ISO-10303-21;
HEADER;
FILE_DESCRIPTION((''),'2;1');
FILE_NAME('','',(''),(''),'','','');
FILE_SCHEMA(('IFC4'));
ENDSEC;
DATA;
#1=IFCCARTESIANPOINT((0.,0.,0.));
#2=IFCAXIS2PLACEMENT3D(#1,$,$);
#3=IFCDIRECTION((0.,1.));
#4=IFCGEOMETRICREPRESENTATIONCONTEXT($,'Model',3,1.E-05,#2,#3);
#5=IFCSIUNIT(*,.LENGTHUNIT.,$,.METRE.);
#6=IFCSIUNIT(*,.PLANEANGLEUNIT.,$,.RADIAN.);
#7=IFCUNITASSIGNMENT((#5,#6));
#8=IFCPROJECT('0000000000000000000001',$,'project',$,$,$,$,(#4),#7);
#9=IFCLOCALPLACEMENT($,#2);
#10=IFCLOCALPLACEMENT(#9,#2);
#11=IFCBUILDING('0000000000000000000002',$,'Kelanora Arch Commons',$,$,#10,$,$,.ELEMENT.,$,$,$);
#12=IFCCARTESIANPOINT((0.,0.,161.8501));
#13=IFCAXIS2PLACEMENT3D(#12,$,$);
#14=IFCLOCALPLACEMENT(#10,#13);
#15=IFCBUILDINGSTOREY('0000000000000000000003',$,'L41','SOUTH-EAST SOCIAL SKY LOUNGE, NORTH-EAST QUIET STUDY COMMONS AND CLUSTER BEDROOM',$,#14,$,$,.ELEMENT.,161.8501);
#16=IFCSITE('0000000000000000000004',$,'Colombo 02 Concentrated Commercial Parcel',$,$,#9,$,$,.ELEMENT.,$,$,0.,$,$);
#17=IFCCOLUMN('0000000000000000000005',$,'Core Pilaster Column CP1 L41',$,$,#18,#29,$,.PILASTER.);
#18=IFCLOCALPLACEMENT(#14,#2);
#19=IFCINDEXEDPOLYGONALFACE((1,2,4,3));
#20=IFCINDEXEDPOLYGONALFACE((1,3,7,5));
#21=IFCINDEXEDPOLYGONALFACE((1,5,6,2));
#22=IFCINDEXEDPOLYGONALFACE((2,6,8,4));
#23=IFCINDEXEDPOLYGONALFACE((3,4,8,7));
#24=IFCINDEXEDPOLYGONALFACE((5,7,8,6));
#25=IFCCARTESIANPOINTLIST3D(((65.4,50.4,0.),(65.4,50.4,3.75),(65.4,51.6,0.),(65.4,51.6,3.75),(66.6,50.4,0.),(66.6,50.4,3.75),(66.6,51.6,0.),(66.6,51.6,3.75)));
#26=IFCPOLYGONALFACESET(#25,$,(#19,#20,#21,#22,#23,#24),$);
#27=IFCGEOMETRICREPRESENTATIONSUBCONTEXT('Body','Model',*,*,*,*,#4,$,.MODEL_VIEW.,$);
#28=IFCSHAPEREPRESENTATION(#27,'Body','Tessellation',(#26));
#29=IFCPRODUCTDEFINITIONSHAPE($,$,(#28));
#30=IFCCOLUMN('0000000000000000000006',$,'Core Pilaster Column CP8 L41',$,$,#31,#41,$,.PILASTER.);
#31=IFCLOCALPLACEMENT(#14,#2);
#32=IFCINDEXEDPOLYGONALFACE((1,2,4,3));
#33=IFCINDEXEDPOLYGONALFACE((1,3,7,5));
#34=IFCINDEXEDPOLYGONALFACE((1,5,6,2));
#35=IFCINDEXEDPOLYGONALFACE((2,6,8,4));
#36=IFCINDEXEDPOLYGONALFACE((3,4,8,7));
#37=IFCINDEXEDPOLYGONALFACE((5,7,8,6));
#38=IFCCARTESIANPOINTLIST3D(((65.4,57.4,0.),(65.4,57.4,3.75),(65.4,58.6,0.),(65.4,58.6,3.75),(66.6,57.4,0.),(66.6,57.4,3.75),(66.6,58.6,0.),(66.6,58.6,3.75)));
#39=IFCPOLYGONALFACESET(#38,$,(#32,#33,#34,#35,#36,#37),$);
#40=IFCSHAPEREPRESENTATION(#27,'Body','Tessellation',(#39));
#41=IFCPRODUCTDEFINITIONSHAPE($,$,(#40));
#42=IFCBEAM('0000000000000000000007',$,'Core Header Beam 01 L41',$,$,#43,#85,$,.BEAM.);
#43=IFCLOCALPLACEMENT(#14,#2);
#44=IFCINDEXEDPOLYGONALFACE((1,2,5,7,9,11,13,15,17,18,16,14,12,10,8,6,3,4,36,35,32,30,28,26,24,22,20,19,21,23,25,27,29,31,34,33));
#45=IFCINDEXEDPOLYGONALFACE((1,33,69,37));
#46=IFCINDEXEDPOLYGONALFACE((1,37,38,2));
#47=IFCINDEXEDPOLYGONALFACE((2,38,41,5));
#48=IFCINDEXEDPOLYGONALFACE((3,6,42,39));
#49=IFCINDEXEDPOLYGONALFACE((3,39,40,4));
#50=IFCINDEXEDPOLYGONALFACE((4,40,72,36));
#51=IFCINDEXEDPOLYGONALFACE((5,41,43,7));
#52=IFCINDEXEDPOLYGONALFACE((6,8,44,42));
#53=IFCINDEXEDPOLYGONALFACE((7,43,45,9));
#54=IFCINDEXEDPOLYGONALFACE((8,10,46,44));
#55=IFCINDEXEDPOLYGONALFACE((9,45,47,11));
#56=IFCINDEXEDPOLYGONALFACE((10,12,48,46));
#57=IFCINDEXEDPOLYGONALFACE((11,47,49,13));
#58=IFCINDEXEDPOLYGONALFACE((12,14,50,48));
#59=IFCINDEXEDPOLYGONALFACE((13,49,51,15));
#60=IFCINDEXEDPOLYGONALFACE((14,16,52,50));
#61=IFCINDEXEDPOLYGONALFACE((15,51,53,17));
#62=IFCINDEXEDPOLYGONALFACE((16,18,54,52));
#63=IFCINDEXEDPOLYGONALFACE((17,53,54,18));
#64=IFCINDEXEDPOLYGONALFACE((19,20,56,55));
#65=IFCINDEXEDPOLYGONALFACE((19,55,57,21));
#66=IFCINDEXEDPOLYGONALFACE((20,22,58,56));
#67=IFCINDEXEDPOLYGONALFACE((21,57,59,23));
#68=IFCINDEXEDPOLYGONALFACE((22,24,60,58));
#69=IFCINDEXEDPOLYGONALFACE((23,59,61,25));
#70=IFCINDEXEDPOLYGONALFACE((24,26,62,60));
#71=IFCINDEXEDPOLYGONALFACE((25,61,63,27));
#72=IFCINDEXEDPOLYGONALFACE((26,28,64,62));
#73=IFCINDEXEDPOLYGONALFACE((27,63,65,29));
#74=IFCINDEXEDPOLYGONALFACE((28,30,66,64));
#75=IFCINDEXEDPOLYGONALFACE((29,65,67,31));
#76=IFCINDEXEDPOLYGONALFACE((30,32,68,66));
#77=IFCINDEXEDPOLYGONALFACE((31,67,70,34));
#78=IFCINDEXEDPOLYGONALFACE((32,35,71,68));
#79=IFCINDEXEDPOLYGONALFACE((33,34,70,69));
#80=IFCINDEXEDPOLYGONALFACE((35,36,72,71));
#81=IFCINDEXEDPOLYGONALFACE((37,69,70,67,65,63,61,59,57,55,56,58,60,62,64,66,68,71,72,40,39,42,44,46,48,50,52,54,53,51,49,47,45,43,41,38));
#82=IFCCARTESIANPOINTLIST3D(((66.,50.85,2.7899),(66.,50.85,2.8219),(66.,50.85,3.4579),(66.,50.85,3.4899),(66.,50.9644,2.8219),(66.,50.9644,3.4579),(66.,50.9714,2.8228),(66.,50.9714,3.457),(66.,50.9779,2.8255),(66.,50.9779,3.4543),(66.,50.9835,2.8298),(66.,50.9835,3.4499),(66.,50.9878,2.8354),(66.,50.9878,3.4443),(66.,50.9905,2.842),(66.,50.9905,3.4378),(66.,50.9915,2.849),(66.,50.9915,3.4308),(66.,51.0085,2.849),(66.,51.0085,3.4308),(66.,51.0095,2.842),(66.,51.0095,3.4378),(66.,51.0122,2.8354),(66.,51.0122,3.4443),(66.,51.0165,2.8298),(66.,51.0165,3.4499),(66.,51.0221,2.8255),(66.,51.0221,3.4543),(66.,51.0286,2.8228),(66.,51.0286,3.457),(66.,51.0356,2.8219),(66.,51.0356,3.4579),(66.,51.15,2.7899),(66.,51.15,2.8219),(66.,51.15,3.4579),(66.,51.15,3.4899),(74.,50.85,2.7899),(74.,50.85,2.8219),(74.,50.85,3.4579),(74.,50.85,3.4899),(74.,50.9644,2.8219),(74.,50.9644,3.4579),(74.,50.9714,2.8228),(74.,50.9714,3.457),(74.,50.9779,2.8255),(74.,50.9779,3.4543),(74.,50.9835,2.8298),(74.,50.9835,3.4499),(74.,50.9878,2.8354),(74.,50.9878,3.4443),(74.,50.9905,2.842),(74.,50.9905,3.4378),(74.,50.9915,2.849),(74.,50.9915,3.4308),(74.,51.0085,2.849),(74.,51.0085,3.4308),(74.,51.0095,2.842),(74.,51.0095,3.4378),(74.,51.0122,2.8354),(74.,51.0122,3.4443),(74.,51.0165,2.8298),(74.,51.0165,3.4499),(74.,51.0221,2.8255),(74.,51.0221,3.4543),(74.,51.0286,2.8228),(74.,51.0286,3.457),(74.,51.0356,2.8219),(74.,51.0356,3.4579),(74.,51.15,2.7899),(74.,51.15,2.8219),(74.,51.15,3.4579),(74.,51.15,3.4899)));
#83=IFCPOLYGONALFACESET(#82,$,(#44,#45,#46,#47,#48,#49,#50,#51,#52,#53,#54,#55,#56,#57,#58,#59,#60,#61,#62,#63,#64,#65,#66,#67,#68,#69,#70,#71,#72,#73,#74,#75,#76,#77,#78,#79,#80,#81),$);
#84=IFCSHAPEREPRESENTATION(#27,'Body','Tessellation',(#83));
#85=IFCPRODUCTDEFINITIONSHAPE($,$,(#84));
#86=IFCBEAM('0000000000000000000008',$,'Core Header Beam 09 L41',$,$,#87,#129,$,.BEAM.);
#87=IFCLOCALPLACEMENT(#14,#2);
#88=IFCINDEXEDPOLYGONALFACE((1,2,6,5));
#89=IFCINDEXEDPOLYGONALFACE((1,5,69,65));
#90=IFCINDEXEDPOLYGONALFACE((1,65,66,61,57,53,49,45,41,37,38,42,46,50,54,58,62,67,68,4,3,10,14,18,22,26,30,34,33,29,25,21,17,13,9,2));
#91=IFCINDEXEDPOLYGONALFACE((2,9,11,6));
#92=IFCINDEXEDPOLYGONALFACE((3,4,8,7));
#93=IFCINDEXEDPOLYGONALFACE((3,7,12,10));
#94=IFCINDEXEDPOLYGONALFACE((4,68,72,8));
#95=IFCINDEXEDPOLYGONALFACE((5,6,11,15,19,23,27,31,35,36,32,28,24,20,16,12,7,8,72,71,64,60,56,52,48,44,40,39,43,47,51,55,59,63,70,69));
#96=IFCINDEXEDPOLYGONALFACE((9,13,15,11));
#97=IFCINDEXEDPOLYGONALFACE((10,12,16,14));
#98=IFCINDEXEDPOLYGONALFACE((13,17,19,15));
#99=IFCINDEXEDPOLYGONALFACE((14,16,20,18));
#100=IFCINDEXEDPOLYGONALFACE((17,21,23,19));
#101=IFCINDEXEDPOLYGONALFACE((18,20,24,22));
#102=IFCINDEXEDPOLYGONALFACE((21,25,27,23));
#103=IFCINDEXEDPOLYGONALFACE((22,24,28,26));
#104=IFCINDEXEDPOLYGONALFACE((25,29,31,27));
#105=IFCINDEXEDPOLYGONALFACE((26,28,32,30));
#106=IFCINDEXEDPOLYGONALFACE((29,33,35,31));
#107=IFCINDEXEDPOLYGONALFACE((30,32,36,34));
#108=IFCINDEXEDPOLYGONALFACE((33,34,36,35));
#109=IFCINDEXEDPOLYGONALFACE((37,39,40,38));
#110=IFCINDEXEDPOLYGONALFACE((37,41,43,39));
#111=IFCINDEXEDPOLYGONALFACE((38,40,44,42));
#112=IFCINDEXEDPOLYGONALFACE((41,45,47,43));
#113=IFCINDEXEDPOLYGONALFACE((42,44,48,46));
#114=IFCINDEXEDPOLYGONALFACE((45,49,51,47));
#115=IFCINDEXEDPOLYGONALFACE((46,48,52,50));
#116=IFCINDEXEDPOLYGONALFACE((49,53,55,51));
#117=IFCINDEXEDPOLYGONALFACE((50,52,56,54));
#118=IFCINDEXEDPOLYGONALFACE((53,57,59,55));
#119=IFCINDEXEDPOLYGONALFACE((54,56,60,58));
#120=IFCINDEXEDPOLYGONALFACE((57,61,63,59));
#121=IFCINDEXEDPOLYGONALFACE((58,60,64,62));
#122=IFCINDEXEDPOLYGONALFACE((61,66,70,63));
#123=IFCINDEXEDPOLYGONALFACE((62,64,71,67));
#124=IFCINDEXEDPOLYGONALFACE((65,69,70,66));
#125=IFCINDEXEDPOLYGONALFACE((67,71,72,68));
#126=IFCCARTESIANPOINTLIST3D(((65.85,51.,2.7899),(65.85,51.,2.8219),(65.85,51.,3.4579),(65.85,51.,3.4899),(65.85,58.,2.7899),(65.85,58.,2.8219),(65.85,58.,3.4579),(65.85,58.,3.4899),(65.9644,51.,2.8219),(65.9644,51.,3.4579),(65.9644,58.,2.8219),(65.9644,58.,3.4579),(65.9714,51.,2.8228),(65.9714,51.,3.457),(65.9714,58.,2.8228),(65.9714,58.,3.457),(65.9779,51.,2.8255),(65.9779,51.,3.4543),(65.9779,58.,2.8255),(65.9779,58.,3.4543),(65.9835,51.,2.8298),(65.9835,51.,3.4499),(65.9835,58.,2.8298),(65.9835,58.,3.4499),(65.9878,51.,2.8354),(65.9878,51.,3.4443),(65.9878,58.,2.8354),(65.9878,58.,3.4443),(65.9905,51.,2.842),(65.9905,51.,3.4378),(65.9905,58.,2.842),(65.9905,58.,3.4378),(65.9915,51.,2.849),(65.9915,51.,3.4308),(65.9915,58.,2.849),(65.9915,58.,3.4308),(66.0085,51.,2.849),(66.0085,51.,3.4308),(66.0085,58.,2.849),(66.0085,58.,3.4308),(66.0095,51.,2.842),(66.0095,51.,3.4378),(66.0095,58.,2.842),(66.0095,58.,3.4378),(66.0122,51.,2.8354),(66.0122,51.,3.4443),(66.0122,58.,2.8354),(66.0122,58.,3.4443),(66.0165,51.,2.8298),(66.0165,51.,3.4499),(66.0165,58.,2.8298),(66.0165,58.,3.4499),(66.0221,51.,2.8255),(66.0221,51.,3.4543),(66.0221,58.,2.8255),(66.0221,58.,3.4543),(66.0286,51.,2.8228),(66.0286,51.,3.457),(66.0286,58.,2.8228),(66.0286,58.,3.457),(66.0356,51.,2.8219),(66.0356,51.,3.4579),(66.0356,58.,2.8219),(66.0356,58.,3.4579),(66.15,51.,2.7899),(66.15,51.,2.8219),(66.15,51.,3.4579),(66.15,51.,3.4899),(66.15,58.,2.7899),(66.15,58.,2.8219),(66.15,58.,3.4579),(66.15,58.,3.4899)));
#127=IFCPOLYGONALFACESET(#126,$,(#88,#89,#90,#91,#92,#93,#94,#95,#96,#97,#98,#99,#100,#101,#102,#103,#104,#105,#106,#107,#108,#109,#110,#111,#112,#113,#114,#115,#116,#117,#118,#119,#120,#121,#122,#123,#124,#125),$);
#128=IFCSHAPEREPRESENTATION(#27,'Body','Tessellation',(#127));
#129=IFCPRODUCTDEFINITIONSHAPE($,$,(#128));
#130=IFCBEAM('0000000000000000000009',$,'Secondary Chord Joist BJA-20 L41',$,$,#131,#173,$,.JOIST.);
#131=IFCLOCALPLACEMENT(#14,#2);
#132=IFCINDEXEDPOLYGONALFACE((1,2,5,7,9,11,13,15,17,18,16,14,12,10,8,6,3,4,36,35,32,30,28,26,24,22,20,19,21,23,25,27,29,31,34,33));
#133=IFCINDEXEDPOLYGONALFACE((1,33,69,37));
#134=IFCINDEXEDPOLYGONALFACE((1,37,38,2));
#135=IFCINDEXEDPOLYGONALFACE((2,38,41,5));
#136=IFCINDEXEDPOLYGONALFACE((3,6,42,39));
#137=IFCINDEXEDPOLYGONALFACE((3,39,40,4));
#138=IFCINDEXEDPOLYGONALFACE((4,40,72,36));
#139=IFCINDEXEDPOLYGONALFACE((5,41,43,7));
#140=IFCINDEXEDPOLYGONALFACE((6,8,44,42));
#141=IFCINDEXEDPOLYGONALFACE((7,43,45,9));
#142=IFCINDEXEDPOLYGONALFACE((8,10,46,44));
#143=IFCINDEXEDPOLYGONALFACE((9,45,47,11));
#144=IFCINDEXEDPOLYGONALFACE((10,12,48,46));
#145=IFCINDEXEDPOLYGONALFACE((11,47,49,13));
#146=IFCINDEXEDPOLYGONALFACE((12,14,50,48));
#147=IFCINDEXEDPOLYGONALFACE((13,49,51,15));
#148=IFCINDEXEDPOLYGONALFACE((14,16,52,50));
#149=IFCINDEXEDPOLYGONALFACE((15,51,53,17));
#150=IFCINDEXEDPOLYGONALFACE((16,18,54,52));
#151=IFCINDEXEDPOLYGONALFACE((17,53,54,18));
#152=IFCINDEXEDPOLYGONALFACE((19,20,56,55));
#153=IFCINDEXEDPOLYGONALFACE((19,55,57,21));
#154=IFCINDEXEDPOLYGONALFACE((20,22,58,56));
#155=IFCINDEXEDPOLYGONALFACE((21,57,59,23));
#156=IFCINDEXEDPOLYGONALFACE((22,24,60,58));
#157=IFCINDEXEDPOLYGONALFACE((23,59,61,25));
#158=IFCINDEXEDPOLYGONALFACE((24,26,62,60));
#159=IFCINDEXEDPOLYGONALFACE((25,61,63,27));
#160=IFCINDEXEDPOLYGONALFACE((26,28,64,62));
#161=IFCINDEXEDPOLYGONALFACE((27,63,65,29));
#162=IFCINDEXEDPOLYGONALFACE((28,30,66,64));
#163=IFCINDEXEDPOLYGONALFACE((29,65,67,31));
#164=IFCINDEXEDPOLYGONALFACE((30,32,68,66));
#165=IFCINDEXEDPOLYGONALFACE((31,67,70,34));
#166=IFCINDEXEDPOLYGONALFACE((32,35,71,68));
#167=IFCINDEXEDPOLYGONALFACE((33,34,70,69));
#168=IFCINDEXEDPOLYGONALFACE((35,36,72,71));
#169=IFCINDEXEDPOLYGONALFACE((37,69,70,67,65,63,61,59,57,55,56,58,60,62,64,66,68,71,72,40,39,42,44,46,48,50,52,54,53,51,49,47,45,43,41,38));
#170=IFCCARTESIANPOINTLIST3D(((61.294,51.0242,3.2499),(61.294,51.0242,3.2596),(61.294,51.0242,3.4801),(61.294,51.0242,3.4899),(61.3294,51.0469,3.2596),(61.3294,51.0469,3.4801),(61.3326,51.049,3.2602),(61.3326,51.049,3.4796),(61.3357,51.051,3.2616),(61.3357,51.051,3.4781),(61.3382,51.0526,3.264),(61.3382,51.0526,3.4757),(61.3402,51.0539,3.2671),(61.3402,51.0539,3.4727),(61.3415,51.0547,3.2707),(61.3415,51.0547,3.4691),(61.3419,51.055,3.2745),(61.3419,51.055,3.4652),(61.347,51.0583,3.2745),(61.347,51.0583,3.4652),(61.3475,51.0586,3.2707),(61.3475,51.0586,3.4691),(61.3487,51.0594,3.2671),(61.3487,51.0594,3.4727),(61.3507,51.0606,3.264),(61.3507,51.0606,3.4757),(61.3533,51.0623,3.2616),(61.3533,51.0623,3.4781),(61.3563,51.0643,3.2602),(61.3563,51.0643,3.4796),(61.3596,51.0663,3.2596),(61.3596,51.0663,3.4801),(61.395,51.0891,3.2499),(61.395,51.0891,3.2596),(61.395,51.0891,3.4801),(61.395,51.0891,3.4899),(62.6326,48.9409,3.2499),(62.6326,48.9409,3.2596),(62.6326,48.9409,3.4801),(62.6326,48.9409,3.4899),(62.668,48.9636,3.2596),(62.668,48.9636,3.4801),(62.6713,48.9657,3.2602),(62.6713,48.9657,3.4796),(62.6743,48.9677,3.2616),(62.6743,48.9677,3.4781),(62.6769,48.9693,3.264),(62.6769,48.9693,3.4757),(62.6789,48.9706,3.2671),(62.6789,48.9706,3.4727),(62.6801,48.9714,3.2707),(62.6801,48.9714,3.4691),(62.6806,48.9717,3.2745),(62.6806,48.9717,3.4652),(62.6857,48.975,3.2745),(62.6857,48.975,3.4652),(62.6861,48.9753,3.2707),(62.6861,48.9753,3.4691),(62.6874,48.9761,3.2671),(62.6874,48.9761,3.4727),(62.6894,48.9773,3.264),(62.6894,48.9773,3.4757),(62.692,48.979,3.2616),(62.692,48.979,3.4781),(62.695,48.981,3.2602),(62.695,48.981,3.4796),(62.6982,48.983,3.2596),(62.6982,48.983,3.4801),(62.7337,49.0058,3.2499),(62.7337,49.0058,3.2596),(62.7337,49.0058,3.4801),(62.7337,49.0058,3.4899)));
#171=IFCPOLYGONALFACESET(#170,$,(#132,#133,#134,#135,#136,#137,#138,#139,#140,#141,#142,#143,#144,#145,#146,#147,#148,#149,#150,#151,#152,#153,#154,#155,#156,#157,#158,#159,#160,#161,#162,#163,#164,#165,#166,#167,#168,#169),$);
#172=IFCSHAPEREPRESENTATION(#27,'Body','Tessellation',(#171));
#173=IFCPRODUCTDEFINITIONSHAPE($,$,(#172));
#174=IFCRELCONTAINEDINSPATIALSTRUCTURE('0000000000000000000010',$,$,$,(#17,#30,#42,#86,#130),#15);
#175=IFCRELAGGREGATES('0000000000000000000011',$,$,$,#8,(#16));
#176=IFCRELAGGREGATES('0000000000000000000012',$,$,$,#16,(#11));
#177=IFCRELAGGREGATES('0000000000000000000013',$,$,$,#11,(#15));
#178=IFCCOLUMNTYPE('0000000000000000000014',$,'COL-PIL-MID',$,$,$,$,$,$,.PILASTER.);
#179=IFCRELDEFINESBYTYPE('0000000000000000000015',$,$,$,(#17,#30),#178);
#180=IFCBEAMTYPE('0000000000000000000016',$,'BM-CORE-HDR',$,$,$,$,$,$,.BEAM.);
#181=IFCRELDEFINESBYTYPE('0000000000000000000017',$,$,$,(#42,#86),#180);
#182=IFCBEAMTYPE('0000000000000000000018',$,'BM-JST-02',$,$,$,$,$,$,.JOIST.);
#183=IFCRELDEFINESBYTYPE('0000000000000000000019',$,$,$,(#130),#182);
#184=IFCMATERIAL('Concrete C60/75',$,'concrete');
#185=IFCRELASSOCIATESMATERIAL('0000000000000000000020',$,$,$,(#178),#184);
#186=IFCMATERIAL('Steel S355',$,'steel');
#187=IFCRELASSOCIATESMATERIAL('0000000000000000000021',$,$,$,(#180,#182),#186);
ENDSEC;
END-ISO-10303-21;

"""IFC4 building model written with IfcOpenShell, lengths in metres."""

from ifc_helpers import new_model, si_unit, direction, frame, origin, origin_2d, place, context, subcontext, project, spatial, rectangle, i_section, extrude, material, material_profile, profile_set, type_object, element, save


model = new_model("IFC4")

# Units and contexts
model_context = context("Model", 3, precision=1e-05, world=origin(), true_north=direction((0.0, 1.0)))
body_context = subcontext(model_context, "Body", "Model", "MODEL_VIEW")
ifc_project = project(units=[si_unit("LENGTHUNIT", "METRE"), si_unit("PLANEANGLEUNIT", "RADIAN")], contexts=[model_context])

# Site, building, storey
site_placement = place(None, origin())
site = spatial("IfcSite", under=ifc_project, at=site_placement, Name="Colombo 02 Concentrated Commercial Parcel", CompositionType="ELEMENT", RefElevation=0.0)
building_placement = place(site_placement, origin())
building = spatial("IfcBuilding", under=site, at=building_placement, Name="Kelanora Arch Commons", CompositionType="ELEMENT")
storey_placement = place(building_placement, frame((0.0, 0.0, 161.8501)))
storey = spatial("IfcBuildingStorey", under=building, at=storey_placement, Name="L41", Description="SOUTH-EAST SOCIAL SKY LOUNGE, NORTH-EAST QUIET STUDY COMMONS AND CLUSTER BEDROOM", CompositionType="ELEMENT", Elevation=161.8501)

# Columns
ifc_material_1 = material(Name="Concrete C60/75", Category="concrete")
ifc_material_profile_1 = material_profile(ifc_material_1, rectangle(XDim=1.2, YDim=1.2, at=origin_2d()), Name="RC1200x1200")
ifc_profile_set_1 = profile_set([ifc_material_profile_1], Name="Concrete C60/75")
column_type = type_object("IfcColumnType", Name="COL-PIL-MID", PredefinedType="PILASTER", material=ifc_profile_set_1)
for number, where, z_axis, x_axis, name in (
    (1, (66.0, 51.0, 0.0), (0.0, 0.0, 1.0), (1.0, 0.0, 0.0), "Core Pilaster Column CP1 L41"),
    (2, (66.0, 58.0, 0.0), (0.0, 0.0, 1.0), (1.0, 0.0, 0.0), "Core Pilaster Column CP8 L41"),
):
    element("IfcColumn", number, at=place(storey_placement, frame(where, z_axis=z_axis, x_axis=x_axis)), inside=storey, type_object=column_type, Name=name, PredefinedType="PILASTER", context=body_context, shape_type="SweptSolid", body=[
        extrude(rectangle(XDim=1.2, YDim=1.2, at=origin_2d()), origin(), (0.0, 0.0, 1.0), 3.75),
    ])

# Beams
ifc_material_2 = material(Name="Steel S355", Category="steel")
ifc_material_profile_2 = material_profile(ifc_material_2, i_section(OverallWidth=0.3, OverallDepth=0.7, WebThickness=0.0171, FlangeThickness=0.032, FilletRadius=0.0271, at=origin_2d()), Name="HEB700")
ifc_profile_set_2 = profile_set([ifc_material_profile_2], Name="Steel S355")
beam_type_1 = type_object("IfcBeamType", Name="BM-CORE-HDR", PredefinedType="BEAM", material=ifc_profile_set_2)
beam_1_placement = place(storey_placement, frame((66.0, 51.0, 3.1399), z_axis=(1.0, 0.0, 0.0), x_axis=(0.0, 1.0, 0.0)))
element("IfcBeam", 3, at=beam_1_placement, inside=storey, type_object=beam_type_1, Name="Core Header Beam 01 L41", PredefinedType="BEAM", context=body_context, shape_type="SweptSolid", body=[
    extrude(i_section(OverallWidth=0.3, OverallDepth=0.7, WebThickness=0.0171, FlangeThickness=0.032, FilletRadius=0.0271, at=origin_2d()), origin(), (0.0, 0.0, 1.0), 8.0),
])
beam_2_placement = place(storey_placement, frame((66.0, 58.0, 3.1399), z_axis=(0.0, -1.0, 0.0), x_axis=(1.0, 0.0, 0.0)))
element("IfcBeam", 4, at=beam_2_placement, inside=storey, type_object=beam_type_1, Name="Core Header Beam 09 L41", PredefinedType="BEAM", context=body_context, shape_type="SweptSolid", body=[
    extrude(i_section(OverallWidth=0.3, OverallDepth=0.7, WebThickness=0.0171, FlangeThickness=0.032, FilletRadius=0.0271, at=origin_2d()), origin(), (0.0, 0.0, 1.0), 7.0),
])
ifc_material_profile_3 = material_profile(ifc_material_2, i_section(OverallWidth=0.1201, OverallDepth=0.24, WebThickness=0.0061, FlangeThickness=0.0098, FilletRadius=0.0149, at=origin_2d()), Name="IPE240")
ifc_profile_set_3 = profile_set([ifc_material_profile_3], Name="Steel S355")
beam_type_2 = type_object("IfcBeamType", Name="BM-JST-02", PredefinedType="JOIST", material=ifc_profile_set_3)
beam_3_placement = place(storey_placement, frame((61.3445, 51.0566, 3.3699), z_axis=(0.540583, -0.841291, 0.0), x_axis=(0.841291, 0.540583, 0.0)))
element("IfcBeam", 5, at=beam_3_placement, inside=storey, type_object=beam_type_2, Name="Secondary Chord Joist BJA-20 L41", PredefinedType="JOIST", context=body_context, shape_type="SweptSolid", body=[
    extrude(i_section(OverallWidth=0.1201, OverallDepth=0.24, WebThickness=0.0061, FlangeThickness=0.0098, FilletRadius=0.0149, at=origin_2d()), origin(), (0.0, 0.0, 1.0), 2.4763),
])

save(model, "model.ifc")
